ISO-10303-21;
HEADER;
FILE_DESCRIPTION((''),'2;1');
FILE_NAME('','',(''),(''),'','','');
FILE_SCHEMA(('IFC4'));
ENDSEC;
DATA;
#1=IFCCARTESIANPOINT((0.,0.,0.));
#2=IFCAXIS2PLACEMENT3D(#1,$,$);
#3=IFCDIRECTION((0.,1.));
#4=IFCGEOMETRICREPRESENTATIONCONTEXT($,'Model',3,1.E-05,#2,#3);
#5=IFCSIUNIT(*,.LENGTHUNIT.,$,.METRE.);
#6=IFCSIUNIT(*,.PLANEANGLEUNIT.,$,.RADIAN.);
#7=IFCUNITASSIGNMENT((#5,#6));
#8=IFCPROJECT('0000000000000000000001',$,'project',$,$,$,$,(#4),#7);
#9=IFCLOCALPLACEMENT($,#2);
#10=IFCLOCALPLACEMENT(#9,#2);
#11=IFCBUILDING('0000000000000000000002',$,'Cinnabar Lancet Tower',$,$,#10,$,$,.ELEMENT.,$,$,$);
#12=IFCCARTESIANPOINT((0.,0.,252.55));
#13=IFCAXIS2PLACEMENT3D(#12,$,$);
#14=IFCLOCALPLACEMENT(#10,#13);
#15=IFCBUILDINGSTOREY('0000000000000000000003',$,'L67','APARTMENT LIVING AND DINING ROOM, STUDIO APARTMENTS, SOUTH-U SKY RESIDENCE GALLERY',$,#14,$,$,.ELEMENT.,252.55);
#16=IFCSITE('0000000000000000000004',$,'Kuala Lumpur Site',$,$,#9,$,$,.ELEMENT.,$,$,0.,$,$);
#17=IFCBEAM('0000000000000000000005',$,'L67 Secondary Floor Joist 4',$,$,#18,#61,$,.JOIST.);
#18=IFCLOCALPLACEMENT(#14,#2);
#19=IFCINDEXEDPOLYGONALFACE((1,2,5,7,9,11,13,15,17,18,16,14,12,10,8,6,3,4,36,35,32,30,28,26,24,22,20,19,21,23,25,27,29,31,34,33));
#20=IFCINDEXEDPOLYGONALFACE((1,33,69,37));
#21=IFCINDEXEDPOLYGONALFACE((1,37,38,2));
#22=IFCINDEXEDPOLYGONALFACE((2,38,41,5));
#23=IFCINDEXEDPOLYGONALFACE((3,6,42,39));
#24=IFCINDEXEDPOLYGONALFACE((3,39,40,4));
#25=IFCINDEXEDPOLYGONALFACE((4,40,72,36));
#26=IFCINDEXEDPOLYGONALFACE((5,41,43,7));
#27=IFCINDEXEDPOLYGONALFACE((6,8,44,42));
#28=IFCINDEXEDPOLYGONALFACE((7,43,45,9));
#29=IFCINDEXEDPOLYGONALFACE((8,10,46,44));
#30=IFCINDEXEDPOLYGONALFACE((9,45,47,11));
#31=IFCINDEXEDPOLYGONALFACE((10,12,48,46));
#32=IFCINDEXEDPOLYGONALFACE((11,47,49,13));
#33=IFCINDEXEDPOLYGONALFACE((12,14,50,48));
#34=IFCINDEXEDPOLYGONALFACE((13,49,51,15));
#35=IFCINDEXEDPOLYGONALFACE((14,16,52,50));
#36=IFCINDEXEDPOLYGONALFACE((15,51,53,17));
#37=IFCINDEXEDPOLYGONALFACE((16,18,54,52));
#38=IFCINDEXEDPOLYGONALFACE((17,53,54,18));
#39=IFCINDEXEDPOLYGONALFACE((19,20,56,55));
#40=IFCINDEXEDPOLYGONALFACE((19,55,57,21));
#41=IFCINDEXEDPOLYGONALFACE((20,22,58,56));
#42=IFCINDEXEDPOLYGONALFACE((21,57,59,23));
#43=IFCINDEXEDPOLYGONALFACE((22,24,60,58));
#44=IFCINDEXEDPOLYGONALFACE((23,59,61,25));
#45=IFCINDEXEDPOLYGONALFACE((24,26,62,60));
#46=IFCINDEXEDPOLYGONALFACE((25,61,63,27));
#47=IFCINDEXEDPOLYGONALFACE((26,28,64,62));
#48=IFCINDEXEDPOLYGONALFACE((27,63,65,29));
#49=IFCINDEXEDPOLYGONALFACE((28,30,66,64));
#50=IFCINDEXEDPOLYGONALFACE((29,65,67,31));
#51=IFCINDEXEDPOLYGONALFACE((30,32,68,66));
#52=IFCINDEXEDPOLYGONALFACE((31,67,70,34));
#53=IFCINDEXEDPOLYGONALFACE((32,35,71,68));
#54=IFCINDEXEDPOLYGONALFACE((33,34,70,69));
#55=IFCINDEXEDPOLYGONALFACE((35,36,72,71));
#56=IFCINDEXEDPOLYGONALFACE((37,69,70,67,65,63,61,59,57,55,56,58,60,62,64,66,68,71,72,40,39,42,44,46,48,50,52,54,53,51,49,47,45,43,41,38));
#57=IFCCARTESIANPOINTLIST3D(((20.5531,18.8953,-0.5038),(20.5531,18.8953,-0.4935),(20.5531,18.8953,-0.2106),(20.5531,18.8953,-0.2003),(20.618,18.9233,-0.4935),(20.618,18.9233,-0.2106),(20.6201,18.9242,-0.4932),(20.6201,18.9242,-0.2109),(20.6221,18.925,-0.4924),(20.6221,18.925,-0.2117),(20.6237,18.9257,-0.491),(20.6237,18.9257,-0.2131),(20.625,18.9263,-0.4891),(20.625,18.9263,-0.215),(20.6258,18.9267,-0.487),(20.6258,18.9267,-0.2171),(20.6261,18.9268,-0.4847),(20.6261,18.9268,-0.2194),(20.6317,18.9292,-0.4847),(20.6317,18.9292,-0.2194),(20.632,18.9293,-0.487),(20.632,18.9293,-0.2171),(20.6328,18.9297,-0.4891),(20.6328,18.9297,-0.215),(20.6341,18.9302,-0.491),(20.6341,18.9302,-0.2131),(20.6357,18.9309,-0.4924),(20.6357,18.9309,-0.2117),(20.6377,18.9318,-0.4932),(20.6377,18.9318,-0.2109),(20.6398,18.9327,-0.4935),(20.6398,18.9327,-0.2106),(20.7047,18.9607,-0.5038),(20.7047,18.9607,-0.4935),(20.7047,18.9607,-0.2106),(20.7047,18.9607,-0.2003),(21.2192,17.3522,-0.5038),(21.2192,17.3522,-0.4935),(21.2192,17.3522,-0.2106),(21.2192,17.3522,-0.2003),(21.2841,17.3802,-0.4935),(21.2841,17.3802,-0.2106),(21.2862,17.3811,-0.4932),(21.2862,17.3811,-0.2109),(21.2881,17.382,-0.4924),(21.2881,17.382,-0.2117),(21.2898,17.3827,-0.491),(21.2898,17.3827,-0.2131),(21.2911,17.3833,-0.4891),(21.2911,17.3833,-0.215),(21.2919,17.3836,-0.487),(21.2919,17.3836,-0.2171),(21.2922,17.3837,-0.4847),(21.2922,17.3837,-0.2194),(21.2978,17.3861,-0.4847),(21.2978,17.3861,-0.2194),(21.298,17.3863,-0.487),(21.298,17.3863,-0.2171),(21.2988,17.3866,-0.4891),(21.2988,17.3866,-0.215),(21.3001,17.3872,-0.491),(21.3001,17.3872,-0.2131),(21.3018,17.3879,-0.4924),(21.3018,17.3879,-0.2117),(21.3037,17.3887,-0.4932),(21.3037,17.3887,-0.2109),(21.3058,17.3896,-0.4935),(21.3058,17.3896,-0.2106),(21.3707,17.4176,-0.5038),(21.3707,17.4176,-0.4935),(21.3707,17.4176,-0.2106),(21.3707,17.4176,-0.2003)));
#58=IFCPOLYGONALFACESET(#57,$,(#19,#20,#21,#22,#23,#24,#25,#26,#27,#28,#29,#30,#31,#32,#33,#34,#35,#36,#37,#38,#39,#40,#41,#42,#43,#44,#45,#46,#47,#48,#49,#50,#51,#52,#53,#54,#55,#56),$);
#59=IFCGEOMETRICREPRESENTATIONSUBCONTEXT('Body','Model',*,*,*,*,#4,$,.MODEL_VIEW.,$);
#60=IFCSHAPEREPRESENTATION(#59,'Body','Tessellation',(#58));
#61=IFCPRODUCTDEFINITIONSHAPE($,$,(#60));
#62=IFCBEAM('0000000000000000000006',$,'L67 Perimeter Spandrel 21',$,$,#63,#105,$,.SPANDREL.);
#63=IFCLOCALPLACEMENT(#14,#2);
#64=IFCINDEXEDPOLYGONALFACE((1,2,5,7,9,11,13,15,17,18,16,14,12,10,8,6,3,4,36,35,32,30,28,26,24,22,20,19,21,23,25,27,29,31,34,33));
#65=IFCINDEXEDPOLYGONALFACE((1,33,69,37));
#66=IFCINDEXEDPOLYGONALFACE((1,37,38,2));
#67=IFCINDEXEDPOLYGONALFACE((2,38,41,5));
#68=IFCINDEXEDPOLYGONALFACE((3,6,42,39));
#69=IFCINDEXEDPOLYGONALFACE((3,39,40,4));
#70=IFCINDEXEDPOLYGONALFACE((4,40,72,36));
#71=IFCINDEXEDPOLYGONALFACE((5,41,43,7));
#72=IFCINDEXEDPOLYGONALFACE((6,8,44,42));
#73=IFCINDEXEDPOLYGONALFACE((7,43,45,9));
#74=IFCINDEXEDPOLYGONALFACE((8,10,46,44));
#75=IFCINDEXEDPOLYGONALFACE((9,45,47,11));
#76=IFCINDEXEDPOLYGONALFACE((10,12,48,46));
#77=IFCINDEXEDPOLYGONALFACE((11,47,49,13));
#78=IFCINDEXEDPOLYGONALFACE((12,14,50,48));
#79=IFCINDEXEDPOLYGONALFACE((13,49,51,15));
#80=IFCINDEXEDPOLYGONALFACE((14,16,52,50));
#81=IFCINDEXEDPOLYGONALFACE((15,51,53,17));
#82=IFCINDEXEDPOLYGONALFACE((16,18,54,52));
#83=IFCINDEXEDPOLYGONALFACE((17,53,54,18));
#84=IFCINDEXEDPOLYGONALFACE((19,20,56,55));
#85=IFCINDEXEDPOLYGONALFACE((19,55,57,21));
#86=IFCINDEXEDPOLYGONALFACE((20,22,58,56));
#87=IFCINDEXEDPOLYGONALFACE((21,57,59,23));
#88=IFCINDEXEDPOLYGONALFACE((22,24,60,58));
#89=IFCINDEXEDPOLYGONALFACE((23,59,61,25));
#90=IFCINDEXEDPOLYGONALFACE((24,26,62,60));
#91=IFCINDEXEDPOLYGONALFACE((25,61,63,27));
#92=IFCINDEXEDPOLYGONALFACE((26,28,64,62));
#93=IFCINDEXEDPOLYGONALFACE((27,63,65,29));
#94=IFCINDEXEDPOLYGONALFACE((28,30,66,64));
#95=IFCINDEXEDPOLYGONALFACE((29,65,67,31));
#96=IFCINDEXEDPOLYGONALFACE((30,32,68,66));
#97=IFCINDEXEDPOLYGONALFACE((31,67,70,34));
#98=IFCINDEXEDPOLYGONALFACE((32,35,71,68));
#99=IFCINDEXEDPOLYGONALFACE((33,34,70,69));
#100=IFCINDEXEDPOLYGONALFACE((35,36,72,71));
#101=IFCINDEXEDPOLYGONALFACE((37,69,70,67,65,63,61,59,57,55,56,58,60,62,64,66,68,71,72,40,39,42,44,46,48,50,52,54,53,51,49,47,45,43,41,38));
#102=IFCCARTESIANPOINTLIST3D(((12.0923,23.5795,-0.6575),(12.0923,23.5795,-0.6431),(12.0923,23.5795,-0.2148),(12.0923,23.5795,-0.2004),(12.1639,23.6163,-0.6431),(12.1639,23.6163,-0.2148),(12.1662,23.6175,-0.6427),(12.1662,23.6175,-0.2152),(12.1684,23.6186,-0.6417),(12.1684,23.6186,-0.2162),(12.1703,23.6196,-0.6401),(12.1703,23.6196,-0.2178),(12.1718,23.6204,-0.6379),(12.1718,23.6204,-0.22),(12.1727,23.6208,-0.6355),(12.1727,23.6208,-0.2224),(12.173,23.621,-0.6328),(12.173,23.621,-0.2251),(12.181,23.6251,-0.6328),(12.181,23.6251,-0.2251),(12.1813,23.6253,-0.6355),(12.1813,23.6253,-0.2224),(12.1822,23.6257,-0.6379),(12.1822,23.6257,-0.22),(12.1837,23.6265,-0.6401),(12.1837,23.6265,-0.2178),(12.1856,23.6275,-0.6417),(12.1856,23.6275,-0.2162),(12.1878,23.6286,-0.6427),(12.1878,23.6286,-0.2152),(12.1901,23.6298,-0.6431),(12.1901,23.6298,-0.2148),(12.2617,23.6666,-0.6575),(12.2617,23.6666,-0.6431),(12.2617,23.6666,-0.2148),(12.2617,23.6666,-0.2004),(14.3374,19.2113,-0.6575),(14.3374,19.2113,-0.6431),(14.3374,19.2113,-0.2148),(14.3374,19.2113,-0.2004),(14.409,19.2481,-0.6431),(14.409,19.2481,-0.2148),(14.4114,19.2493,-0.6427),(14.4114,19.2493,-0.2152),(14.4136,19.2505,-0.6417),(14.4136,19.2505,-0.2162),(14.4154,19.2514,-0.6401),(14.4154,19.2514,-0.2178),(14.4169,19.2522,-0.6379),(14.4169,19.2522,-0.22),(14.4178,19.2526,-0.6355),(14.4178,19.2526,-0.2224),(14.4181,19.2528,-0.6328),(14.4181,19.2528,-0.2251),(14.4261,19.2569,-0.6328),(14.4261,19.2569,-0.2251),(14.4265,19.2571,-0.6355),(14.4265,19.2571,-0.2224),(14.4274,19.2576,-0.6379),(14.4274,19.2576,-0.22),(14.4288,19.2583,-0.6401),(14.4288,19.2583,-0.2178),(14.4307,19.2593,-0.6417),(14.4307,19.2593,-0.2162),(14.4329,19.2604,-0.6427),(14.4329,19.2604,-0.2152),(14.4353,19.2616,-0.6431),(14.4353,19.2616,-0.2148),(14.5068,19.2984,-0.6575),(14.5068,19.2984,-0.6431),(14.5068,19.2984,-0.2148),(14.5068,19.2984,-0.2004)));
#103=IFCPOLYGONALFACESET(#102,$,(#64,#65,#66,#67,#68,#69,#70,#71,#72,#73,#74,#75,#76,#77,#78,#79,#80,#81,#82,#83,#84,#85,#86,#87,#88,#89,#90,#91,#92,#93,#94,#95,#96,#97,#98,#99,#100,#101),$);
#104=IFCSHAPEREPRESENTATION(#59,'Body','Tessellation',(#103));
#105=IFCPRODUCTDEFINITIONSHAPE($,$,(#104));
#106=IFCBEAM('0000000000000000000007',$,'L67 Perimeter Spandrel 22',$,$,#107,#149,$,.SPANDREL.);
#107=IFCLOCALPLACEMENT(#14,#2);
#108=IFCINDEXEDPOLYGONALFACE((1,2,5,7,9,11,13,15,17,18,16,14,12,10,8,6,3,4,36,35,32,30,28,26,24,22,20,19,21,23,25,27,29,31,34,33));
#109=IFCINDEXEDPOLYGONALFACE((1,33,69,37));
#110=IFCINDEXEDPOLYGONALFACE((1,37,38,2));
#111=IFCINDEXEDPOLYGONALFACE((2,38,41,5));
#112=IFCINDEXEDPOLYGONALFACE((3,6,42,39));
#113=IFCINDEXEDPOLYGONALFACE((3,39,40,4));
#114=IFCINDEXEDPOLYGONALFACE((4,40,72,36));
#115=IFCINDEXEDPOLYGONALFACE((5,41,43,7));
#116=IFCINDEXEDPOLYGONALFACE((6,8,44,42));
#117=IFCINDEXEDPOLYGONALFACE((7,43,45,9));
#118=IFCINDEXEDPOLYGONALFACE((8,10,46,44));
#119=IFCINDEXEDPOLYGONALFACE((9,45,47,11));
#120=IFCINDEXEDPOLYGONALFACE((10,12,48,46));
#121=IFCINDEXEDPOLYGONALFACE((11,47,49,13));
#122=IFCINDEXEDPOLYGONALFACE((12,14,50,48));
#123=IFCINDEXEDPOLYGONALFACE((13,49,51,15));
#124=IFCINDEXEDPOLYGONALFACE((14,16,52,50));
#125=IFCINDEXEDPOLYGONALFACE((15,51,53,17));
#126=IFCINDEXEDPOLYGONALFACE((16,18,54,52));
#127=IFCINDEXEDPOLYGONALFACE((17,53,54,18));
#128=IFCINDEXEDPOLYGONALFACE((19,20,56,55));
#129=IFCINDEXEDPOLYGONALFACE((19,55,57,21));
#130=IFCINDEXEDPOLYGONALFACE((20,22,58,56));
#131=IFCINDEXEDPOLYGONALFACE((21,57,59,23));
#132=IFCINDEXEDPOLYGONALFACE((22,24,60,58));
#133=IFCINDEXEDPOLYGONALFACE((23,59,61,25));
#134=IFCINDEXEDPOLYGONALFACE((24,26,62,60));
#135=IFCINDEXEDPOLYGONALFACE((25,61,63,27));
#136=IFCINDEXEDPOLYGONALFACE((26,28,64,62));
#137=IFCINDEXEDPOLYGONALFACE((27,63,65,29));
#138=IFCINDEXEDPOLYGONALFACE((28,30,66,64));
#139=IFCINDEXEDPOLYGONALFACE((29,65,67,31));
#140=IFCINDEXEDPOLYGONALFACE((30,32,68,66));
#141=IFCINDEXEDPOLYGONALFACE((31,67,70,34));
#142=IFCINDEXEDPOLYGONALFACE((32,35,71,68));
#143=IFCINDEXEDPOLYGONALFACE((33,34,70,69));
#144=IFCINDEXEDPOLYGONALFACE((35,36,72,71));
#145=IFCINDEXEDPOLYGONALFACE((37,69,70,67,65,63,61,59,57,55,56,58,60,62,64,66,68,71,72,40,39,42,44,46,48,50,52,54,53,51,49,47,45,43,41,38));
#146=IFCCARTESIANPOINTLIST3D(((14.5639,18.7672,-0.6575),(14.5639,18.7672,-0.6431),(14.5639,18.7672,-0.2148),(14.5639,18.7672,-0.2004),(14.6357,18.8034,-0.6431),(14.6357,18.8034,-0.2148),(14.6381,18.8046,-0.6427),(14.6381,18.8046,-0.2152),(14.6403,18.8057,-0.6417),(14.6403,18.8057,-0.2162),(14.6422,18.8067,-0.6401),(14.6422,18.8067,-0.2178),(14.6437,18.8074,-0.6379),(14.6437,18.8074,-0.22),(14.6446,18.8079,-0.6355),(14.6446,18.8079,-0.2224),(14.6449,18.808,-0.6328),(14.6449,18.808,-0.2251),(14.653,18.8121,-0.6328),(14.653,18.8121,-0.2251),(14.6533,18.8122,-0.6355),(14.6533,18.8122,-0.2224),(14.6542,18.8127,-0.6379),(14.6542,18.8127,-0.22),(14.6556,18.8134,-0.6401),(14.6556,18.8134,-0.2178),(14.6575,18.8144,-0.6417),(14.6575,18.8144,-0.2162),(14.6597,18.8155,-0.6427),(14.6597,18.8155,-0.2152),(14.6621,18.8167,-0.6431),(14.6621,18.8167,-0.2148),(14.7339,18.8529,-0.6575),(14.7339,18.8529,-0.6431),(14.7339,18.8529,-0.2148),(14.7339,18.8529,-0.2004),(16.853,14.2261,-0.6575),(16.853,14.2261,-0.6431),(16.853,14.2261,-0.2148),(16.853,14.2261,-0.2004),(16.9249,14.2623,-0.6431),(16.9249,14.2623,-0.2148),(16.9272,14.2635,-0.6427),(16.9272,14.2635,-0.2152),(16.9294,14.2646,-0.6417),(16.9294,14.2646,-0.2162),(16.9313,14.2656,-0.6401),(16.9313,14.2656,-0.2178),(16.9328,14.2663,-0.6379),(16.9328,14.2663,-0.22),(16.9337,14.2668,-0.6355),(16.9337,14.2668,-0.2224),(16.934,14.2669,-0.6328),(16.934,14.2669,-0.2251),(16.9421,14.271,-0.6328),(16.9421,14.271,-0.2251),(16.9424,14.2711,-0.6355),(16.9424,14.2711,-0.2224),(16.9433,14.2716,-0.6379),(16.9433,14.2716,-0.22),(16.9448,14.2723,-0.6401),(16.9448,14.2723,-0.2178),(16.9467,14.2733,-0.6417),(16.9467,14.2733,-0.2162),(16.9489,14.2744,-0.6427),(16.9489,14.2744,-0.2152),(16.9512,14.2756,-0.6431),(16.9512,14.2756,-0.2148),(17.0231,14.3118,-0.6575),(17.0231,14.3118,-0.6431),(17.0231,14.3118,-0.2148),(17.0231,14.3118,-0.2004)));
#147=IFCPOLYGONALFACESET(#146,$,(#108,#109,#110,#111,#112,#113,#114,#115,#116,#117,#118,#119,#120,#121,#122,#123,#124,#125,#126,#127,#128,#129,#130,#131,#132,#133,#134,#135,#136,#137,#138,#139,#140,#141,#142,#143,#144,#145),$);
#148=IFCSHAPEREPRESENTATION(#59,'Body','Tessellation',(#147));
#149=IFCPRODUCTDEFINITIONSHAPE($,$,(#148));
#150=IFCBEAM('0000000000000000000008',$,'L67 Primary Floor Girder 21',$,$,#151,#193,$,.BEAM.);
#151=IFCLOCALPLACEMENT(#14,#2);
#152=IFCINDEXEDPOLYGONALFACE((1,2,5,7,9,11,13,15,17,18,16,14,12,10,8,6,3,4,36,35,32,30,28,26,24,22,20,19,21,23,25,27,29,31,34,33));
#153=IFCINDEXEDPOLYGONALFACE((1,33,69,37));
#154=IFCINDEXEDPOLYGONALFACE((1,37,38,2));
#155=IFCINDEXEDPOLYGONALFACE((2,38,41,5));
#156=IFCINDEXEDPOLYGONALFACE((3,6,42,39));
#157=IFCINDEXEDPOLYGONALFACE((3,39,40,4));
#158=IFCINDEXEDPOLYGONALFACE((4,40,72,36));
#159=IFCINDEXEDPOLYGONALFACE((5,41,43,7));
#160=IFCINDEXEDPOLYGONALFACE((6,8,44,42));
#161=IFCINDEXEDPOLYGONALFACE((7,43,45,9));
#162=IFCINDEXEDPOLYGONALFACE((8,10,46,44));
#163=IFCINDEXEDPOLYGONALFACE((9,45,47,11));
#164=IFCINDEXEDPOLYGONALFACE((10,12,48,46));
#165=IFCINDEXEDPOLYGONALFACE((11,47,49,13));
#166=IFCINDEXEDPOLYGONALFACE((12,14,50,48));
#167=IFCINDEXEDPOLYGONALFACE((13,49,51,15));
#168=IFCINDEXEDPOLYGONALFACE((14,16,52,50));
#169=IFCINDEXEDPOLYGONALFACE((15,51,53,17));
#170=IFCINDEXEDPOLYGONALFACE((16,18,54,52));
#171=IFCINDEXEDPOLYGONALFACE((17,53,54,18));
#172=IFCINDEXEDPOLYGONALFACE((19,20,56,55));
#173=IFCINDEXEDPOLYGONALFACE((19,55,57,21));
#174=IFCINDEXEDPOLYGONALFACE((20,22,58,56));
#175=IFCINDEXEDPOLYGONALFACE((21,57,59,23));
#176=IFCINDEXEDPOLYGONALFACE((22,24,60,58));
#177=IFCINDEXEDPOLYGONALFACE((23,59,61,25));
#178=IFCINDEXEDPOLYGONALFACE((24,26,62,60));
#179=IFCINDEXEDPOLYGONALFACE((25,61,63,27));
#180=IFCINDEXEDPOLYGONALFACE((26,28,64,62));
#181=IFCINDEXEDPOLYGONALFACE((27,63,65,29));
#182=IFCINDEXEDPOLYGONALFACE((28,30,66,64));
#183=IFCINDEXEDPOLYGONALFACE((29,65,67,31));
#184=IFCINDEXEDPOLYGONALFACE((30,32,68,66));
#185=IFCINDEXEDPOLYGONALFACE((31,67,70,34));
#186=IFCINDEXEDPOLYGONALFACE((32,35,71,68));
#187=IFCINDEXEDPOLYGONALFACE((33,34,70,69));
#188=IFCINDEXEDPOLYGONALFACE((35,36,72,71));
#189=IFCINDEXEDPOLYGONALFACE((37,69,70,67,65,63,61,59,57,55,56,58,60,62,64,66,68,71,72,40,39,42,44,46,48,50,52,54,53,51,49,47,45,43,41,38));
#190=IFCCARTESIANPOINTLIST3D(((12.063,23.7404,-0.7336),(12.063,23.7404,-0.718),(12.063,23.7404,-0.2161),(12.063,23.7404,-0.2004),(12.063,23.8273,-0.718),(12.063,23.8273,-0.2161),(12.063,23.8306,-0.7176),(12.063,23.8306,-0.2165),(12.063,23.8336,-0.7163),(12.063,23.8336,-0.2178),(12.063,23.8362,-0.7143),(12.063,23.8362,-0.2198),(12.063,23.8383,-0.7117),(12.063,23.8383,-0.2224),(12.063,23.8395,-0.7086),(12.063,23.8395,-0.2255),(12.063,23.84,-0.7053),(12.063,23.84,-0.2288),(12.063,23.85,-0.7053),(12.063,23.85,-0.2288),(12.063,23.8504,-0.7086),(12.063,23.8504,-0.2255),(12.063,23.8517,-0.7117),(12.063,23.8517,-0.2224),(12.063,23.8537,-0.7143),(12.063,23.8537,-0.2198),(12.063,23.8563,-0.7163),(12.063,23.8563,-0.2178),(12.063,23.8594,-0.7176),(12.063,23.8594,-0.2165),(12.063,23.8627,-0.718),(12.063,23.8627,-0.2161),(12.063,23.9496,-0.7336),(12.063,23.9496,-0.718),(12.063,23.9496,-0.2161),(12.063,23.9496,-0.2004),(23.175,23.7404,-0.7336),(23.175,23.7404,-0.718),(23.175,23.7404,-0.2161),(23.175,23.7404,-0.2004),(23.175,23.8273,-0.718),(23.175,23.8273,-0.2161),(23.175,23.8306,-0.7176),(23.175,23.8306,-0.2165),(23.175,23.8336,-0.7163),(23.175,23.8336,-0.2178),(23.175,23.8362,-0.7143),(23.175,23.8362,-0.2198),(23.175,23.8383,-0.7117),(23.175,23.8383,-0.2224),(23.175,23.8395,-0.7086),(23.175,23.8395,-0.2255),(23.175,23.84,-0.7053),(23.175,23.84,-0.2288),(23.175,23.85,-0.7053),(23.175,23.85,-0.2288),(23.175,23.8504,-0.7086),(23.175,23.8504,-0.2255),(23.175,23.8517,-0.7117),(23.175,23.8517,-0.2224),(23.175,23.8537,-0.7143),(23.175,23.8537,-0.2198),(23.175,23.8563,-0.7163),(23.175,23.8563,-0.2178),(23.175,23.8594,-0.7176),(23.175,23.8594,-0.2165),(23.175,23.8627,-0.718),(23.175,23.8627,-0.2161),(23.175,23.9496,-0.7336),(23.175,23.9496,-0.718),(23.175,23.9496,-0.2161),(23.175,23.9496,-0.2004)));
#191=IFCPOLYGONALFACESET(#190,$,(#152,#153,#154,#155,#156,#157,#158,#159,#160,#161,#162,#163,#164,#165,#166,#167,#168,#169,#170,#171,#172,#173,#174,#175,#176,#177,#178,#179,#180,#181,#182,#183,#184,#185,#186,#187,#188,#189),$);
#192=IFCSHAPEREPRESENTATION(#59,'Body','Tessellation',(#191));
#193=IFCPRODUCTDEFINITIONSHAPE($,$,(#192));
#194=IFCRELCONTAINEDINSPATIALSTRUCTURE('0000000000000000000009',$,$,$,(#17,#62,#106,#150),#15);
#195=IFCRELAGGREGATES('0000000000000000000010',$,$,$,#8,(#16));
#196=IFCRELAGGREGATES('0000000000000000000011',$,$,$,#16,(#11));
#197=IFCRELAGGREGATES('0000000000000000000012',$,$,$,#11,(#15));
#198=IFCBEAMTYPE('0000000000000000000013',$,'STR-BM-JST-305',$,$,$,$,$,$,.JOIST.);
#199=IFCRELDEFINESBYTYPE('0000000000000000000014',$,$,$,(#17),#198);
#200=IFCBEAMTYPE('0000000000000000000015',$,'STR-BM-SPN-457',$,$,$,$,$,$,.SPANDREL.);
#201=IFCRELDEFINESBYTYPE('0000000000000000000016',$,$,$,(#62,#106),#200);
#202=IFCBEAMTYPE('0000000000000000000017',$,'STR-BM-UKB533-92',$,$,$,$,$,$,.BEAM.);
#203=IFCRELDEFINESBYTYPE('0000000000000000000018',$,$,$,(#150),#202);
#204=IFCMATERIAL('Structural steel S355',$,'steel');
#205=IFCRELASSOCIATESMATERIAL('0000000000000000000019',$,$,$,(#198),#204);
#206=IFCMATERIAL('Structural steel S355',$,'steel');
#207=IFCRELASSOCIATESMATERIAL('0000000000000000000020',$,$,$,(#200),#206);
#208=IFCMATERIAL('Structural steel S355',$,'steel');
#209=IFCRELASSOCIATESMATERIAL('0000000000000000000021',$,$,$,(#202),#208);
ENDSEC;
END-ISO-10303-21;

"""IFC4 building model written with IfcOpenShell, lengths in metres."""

from ifc_helpers import new_model, si_unit, direction, frame, origin, origin_2d, place, context, subcontext, project, spatial, i_section, extrude, material, material_profile, profile_set, type_object, element, save


model = new_model("IFC4")

# Units and contexts
model_context = context("Model", 3, precision=1e-05, world=origin(), true_north=direction((0.0, 1.0)))
body_context = subcontext(model_context, "Body", "Model", "MODEL_VIEW")
ifc_project = project(units=[si_unit("LENGTHUNIT", "METRE"), si_unit("PLANEANGLEUNIT", "RADIAN")], contexts=[model_context])

# Site, building, storey
site_placement = place(None, origin())
site = spatial("IfcSite", under=ifc_project, at=site_placement, Name="Kuala Lumpur Site", CompositionType="ELEMENT", RefElevation=0.0)
building_placement = place(site_placement, origin())
building = spatial("IfcBuilding", under=site, at=building_placement, Name="Cinnabar Lancet Tower", CompositionType="ELEMENT")
storey_placement = place(building_placement, frame((0.0, 0.0, 252.55)))
storey = spatial("IfcBuildingStorey", under=building, at=storey_placement, Name="L67", Description="APARTMENT LIVING AND DINING ROOM, STUDIO APARTMENTS, SOUTH-U SKY RESIDENCE GALLERY", CompositionType="ELEMENT", Elevation=252.55)

# Beams
ifc_material_1 = material(Name="Structural steel S355", Category="steel")
ifc_material_profile_1 = material_profile(ifc_material_1, i_section(OverallWidth=0.165, OverallDepth=0.3035, WebThickness=0.0061, FlangeThickness=0.0103, FilletRadius=0.0088, at=origin_2d()), Name="UKB 305x165x40")
ifc_profile_set_1 = profile_set([ifc_material_profile_1], Name="Structural steel S355")
beam_type_1 = type_object("IfcBeamType", Name="STR-BM-JST-305", PredefinedType="JOIST", material=ifc_profile_set_1)
beam_1_placement = place(storey_placement, frame((20.6289, 18.928, -0.3521), z_axis=(0.396302, -0.91812, 0.0), x_axis=(0.91812, 0.396302, 0.0)))
element("IfcBeam", 1, at=beam_1_placement, inside=storey, type_object=beam_type_1, Name="L67 Secondary Floor Joist 4", PredefinedType="JOIST", context=body_context, shape_type="SweptSolid", body=[
    extrude(i_section(OverallWidth=0.165, OverallDepth=0.3035, WebThickness=0.0061, FlangeThickness=0.0103, FilletRadius=0.0088, at=origin_2d()), origin(), (0.0, 0.0, 1.0), 1.6807),
])
ifc_material_2 = material(Name="Structural steel S355", Category="steel")
ifc_material_profile_2 = material_profile(ifc_material_2, i_section(OverallWidth=0.1904, OverallDepth=0.457, WebThickness=0.009, FlangeThickness=0.0144, FilletRadius=0.0103, at=origin_2d()), Name="UKB 457x191x74")
ifc_profile_set_2 = profile_set([ifc_material_profile_2], Name="Structural steel S355")
beam_type_2 = type_object("IfcBeamType", Name="STR-BM-SPN-457", PredefinedType="SPANDREL", material=ifc_profile_set_2)
beam_2_placement = place(storey_placement, frame((12.177, 23.623, -0.429), z_axis=(0.457128, -0.889401, 0.0), x_axis=(0.889401, 0.457128, 0.0)))
element("IfcBeam", 2, at=beam_2_placement, inside=storey, type_object=beam_type_2, Name="L67 Perimeter Spandrel 21", PredefinedType="SPANDREL", context=body_context, shape_type="SweptSolid", body=[
    extrude(i_section(OverallWidth=0.1904, OverallDepth=0.457, WebThickness=0.009, FlangeThickness=0.0144, FilletRadius=0.0103, at=origin_2d()), origin(), (0.0, 0.0, 1.0), 4.9114),
])
beam_3_placement = place(storey_placement, frame((14.6489, 18.8101, -0.429), z_axis=(0.45013, -0.892963, 0.0), x_axis=(0.892963, 0.45013, 0.0)))
element("IfcBeam", 3, at=beam_3_placement, inside=storey, type_object=beam_type_2, Name="L67 Perimeter Spandrel 22", PredefinedType="SPANDREL", context=body_context, shape_type="SweptSolid", body=[
    extrude(i_section(OverallWidth=0.1904, OverallDepth=0.457, WebThickness=0.009, FlangeThickness=0.0144, FilletRadius=0.0103, at=origin_2d()), origin(), (0.0, 0.0, 1.0), 5.0854),
])
ifc_material_3 = material(Name="Structural steel S355", Category="steel")
ifc_material_profile_3 = material_profile(ifc_material_3, i_section(OverallWidth=0.2092, OverallDepth=0.5332, WebThickness=0.01, FlangeThickness=0.0156, FilletRadius=0.0127, at=origin_2d()), Name="UKB 533x210x92")
ifc_profile_set_3 = profile_set([ifc_material_profile_3], Name="Structural steel S355")
beam_type_3 = type_object("IfcBeamType", Name="STR-BM-UKB533-92", PredefinedType="BEAM", material=ifc_profile_set_3)
beam_4_placement = place(storey_placement, frame((12.063, 23.845, -0.467), z_axis=(1.0, 0.0, 0.0), x_axis=(0.0, 1.0, 0.0)))
element("IfcBeam", 4, at=beam_4_placement, inside=storey, type_object=beam_type_3, Name="L67 Primary Floor Girder 21", PredefinedType="BEAM", context=body_context, shape_type="SweptSolid", body=[
    extrude(i_section(OverallWidth=0.2092, OverallDepth=0.5332, WebThickness=0.01, FlangeThickness=0.0156, FilletRadius=0.0127, at=origin_2d()), origin(), (0.0, 0.0, 1.0), 11.1121),
])

save(model, "model.ifc")
